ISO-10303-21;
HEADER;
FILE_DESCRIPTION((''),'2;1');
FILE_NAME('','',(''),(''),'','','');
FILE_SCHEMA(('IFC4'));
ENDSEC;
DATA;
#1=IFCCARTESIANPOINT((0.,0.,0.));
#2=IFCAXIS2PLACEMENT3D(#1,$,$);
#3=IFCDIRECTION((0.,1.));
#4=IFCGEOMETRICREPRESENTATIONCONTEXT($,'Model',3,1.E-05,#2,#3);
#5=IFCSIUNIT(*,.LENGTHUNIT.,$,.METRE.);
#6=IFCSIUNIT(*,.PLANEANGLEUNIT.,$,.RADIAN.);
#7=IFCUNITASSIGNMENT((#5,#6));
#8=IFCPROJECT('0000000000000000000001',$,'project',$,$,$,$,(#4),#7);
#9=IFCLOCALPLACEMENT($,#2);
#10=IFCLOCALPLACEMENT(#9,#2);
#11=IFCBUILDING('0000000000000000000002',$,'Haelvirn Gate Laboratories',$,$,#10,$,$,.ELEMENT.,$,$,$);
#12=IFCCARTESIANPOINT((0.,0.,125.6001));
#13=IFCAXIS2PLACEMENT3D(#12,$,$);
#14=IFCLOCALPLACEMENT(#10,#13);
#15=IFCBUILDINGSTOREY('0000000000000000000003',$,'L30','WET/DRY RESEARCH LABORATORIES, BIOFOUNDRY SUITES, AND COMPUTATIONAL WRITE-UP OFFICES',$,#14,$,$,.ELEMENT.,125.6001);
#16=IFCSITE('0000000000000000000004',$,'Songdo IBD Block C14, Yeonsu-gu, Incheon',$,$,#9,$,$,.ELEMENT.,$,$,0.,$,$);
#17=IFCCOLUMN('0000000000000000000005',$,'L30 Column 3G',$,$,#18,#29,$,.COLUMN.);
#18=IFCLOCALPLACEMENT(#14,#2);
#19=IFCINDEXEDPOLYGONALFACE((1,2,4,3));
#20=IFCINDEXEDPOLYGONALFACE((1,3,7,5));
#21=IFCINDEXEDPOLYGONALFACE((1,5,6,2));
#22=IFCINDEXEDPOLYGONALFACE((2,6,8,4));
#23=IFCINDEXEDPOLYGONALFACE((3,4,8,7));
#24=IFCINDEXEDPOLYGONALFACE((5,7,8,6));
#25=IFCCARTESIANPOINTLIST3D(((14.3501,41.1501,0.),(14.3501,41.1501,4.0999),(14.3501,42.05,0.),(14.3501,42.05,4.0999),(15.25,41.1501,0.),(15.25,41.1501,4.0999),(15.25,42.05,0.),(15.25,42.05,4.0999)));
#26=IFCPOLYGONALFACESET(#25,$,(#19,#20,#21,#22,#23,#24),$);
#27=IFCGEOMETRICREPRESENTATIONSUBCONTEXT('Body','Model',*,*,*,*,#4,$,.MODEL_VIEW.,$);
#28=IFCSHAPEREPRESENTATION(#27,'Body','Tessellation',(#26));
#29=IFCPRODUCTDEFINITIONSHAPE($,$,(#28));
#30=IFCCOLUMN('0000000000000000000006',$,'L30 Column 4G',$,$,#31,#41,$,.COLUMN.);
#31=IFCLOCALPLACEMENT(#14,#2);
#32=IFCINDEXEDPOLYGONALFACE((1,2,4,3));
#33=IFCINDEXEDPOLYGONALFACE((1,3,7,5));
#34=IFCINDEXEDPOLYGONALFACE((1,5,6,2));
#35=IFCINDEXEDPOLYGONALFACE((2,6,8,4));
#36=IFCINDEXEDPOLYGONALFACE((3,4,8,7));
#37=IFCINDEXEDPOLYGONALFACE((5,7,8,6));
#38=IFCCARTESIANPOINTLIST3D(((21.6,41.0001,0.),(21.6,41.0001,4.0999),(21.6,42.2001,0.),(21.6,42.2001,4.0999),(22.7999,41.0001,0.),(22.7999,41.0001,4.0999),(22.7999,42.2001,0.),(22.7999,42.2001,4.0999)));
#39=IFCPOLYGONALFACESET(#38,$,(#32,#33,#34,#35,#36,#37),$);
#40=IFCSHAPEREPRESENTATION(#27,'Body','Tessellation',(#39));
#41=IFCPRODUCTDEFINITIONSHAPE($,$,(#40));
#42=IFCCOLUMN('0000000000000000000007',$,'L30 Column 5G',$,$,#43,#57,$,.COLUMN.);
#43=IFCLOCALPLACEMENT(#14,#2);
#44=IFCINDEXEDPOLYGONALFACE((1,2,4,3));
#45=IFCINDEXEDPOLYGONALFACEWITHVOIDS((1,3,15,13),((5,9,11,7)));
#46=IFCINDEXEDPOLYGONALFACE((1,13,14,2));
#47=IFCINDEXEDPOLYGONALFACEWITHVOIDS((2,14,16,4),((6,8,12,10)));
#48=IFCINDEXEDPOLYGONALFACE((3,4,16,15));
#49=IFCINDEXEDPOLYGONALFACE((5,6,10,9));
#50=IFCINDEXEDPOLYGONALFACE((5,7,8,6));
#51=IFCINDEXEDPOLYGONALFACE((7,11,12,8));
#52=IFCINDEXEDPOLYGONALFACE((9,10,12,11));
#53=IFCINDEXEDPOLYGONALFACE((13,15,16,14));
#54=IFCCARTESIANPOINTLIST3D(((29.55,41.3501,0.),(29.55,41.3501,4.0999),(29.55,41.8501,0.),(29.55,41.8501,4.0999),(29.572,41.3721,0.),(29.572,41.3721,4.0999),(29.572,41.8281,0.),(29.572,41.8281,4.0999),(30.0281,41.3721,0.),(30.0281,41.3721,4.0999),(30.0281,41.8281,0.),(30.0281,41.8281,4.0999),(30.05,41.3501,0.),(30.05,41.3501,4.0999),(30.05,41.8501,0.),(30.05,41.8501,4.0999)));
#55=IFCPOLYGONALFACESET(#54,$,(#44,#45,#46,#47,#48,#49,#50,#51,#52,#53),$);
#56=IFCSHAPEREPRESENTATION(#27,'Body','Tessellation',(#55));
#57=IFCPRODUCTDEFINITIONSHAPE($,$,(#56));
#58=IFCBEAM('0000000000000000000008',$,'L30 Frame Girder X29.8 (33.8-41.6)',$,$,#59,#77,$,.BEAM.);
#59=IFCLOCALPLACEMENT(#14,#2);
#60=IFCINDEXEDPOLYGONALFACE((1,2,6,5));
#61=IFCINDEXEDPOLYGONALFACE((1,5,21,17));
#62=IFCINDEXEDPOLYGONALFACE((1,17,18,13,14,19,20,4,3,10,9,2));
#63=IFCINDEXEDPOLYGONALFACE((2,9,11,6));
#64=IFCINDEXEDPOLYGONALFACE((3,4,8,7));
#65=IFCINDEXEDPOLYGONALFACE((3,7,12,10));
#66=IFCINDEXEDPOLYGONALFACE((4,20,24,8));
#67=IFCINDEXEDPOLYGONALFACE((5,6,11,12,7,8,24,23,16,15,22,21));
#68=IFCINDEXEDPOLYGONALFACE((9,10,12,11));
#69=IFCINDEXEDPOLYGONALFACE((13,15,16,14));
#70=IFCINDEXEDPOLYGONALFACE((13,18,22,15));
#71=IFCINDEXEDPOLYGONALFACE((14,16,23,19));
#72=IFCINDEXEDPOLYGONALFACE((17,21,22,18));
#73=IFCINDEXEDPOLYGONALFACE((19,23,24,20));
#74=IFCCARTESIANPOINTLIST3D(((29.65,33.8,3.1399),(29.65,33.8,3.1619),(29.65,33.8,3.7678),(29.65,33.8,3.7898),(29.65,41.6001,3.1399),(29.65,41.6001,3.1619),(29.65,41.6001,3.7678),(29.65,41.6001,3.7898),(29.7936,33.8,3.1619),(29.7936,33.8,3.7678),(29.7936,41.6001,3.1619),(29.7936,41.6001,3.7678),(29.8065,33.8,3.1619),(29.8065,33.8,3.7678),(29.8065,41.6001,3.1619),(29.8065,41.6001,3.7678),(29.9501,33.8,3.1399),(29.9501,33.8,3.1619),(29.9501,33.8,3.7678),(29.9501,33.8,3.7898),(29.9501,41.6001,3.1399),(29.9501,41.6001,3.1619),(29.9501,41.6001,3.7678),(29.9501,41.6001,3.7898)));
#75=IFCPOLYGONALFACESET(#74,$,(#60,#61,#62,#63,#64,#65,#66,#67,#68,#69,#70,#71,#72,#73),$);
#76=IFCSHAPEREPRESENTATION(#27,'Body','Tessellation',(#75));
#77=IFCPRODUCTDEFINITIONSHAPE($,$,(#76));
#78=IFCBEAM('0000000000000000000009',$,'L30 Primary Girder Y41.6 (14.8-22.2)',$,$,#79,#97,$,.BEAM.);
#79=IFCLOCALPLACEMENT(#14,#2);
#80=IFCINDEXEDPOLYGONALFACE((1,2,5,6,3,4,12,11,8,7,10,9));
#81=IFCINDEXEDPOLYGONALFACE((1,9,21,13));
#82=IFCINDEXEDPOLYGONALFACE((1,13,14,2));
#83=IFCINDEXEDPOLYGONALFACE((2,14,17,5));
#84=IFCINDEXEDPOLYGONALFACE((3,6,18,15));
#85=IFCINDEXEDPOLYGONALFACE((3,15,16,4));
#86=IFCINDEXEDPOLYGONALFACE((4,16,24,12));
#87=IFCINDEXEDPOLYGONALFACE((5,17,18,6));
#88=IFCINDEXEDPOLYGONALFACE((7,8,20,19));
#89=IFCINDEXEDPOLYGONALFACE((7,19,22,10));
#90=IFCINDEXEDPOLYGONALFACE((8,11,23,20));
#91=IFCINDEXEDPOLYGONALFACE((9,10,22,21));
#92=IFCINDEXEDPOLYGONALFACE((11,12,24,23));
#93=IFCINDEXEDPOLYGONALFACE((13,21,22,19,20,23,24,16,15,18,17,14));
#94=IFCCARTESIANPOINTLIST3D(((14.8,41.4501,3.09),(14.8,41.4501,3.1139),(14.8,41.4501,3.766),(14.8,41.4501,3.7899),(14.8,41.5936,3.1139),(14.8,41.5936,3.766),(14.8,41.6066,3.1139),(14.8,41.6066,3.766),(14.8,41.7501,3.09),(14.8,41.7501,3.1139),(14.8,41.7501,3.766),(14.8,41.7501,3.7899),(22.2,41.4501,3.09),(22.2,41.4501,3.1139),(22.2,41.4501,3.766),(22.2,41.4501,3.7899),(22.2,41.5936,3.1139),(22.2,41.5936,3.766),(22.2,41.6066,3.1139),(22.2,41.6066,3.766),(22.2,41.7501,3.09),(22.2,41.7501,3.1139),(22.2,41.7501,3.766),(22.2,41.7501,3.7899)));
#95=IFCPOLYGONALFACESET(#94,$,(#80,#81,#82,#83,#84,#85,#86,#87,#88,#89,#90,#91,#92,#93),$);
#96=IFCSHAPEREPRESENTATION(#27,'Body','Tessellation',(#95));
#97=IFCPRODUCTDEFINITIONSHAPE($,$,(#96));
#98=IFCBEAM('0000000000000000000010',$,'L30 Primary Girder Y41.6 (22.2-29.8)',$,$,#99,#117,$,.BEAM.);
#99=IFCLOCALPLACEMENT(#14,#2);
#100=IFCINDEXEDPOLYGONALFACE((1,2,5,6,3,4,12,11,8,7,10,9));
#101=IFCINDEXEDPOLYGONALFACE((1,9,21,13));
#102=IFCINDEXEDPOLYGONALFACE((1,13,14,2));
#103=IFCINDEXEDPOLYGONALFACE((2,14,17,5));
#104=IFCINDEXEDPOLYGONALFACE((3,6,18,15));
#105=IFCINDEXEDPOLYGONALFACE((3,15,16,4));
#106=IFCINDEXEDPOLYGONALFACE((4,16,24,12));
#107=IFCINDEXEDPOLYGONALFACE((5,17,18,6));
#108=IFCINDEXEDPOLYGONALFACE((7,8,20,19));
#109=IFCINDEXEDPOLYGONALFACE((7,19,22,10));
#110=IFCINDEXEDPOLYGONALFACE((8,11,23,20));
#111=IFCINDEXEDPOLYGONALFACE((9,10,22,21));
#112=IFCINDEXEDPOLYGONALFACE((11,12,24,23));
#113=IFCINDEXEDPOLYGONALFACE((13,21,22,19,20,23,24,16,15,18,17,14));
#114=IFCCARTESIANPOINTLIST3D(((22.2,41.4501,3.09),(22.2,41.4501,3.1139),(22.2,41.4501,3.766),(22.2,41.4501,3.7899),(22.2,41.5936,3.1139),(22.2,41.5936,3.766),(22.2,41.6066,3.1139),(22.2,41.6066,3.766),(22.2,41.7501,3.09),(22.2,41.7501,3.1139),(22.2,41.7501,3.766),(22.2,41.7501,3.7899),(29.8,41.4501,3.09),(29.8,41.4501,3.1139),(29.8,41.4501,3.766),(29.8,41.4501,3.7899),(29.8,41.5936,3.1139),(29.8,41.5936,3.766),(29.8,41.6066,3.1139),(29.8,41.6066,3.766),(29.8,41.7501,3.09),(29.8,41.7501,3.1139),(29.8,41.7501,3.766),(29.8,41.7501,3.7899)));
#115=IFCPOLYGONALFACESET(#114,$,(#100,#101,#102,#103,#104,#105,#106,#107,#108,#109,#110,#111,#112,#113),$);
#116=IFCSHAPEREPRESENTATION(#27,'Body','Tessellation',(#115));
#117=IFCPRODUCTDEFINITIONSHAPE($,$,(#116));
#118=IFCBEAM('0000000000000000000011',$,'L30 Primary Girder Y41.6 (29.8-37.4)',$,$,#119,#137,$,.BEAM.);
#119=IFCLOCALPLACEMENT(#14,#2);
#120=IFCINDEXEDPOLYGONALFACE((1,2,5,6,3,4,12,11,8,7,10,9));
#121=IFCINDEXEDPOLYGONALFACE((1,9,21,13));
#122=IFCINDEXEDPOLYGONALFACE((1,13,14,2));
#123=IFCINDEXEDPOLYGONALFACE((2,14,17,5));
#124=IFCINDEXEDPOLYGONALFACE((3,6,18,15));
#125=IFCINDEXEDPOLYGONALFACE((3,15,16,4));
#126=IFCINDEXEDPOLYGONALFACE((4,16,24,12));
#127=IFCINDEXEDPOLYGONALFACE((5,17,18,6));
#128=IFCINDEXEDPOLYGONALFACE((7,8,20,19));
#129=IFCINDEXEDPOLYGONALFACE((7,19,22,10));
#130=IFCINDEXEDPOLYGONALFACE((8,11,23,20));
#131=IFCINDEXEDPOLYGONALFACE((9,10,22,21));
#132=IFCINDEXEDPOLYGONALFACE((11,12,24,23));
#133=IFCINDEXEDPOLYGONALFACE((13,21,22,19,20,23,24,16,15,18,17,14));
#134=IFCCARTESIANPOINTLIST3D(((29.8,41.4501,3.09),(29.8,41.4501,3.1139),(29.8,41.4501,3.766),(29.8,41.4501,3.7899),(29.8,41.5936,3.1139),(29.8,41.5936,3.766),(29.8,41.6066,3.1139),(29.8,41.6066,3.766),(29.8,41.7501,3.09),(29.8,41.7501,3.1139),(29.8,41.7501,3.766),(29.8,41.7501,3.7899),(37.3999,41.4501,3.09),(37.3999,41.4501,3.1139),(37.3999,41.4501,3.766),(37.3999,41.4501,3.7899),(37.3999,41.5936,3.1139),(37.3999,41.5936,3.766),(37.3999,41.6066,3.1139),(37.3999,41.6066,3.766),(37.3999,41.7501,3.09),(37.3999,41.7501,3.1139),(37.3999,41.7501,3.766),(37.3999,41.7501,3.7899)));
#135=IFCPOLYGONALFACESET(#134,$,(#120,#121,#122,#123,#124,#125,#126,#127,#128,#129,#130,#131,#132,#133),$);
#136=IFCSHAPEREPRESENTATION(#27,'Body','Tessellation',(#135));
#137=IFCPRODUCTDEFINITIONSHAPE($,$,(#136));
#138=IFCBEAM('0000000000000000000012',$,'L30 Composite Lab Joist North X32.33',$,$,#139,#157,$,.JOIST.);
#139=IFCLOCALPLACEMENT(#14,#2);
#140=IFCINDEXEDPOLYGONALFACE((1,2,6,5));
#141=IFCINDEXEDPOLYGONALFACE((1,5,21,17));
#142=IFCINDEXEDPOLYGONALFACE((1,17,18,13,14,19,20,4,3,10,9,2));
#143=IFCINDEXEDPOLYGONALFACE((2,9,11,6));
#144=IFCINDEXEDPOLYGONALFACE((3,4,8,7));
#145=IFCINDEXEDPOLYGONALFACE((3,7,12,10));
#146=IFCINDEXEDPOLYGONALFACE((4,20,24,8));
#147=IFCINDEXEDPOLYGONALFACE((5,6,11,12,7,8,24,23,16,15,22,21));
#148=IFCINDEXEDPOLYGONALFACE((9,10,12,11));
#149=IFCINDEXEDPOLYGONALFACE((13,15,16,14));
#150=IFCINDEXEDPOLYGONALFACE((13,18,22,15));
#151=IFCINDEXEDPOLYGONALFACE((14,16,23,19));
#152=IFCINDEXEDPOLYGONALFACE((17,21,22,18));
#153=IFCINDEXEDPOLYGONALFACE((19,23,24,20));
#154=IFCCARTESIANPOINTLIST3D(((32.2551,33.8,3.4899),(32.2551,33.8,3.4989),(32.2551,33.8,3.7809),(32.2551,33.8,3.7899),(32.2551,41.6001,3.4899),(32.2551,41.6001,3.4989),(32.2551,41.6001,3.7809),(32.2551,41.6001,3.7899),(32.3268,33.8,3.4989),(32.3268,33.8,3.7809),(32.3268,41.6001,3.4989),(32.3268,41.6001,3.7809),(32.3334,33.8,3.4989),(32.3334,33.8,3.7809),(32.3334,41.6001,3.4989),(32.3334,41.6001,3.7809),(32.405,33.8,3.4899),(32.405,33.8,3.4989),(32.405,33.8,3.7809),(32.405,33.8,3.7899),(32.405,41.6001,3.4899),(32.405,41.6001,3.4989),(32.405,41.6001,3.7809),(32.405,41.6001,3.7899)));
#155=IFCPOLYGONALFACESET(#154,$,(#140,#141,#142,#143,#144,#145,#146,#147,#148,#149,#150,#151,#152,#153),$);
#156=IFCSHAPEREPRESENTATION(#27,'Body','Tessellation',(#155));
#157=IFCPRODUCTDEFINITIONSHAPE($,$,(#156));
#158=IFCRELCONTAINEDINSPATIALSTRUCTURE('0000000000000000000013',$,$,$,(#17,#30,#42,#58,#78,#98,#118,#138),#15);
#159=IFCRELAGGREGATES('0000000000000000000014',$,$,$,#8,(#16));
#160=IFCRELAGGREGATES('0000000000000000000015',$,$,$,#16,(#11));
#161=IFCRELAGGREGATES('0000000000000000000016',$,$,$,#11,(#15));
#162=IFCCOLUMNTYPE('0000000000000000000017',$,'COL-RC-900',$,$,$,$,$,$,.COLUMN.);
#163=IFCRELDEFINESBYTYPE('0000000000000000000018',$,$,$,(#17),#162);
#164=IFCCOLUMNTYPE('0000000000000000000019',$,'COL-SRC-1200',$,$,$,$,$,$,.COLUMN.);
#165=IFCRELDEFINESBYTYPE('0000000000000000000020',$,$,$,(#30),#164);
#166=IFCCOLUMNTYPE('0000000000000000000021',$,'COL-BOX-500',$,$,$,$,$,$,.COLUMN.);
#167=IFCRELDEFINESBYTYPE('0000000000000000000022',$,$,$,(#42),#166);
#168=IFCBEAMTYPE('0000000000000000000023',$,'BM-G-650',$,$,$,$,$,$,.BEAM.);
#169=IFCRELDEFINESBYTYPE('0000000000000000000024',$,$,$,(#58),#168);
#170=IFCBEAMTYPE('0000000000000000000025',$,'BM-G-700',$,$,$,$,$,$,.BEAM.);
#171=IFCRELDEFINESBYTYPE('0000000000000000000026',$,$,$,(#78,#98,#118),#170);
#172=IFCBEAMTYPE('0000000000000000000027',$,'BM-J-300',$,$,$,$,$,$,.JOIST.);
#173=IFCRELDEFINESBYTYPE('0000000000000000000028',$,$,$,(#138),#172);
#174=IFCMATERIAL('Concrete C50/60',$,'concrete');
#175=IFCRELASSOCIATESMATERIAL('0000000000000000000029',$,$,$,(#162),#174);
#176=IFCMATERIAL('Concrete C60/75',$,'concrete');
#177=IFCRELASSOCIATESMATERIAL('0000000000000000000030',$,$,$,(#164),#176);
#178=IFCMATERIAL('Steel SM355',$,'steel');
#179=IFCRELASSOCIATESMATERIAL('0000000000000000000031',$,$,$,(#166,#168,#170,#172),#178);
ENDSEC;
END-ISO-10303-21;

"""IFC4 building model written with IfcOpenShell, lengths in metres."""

from ifc_helpers import new_model, si_unit, direction, frame, origin, origin_2d, place, context, subcontext, project, spatial, rectangle, hollow_rectangle, i_section, extrude, source, transform, mapped, material, material_profile, profile_set, type_object, type_shapes, element, save


model = new_model("IFC4")

# Units and contexts
model_context = context("Model", 3, precision=1e-05, world=origin(), true_north=direction((0.0, 1.0)))
body_context = subcontext(model_context, "Body", "Model", "MODEL_VIEW")
ifc_project = project(units=[si_unit("LENGTHUNIT", "METRE"), si_unit("PLANEANGLEUNIT", "RADIAN")], contexts=[model_context])

# Site, building, storey
site_placement = place(None, origin())
site = spatial("IfcSite", under=ifc_project, at=site_placement, Name="Songdo IBD Block C14, Yeonsu-gu, Incheon", CompositionType="ELEMENT", RefElevation=0.0)
building_placement = place(site_placement, origin())
building = spatial("IfcBuilding", under=site, at=building_placement, Name="Haelvirn Gate Laboratories", CompositionType="ELEMENT")
storey_placement = place(building_placement, frame((0.0, 0.0, 125.6001)))
storey = spatial("IfcBuildingStorey", under=building, at=storey_placement, Name="L30", Description="WET/DRY RESEARCH LABORATORIES, BIOFOUNDRY SUITES, AND COMPUTATIONAL WRITE-UP OFFICES", CompositionType="ELEMENT", Elevation=125.6001)

# Columns
ifc_material_1 = material(Name="Concrete C50/60", Category="concrete")
ifc_material_profile_1 = material_profile(ifc_material_1, rectangle(XDim=0.8999, YDim=0.8999, at=origin_2d()), Name="RC-900x900")
ifc_profile_set_1 = profile_set([ifc_material_profile_1], Name="Concrete C50/60")
column_type_1 = type_object("IfcColumnType", Name="COL-RC-900", PredefinedType="COLUMN", material=ifc_profile_set_1)
shared_shape_1 = source(origin(), body_context, "Body", "SweptSolid", [
    extrude(rectangle(XDim=0.8999, YDim=0.8999, at=origin_2d()), origin(), (0.0, 0.0, 1.0), 4.0999),
])
type_shapes(column_type_1, [shared_shape_1])
column_1_placement = place(storey_placement, frame((14.8, 41.6001, 0.0), z_axis=(0.0, 0.0, 1.0), x_axis=(1.0, 0.0, 0.0)))
element("IfcColumn", 1, at=column_1_placement, inside=storey, type_object=column_type_1, Name="L30 Column 3G", PredefinedType="COLUMN", context=body_context, shape_type="MappedRepresentation", body=[
    mapped(shared_shape_1, transform((0.0, 0.0, 0.0), scale=1.0)),
])
ifc_material_2 = material(Name="Concrete C60/75", Category="concrete")
ifc_material_profile_2 = material_profile(ifc_material_2, rectangle(XDim=1.2, YDim=1.2, at=origin_2d()), Name="SRC-1200x1200")
ifc_profile_set_2 = profile_set([ifc_material_profile_2], Name="Concrete C60/75")
column_type_2 = type_object("IfcColumnType", Name="COL-SRC-1200", PredefinedType="COLUMN", material=ifc_profile_set_2)
shared_shape_2 = source(origin(), body_context, "Body", "SweptSolid", [
    extrude(rectangle(XDim=1.2, YDim=1.2, at=origin_2d()), origin(), (0.0, 0.0, 1.0), 4.0999),
])
type_shapes(column_type_2, [shared_shape_2])
column_2_placement = place(storey_placement, frame((22.2, 41.6001, 0.0), z_axis=(0.0, 0.0, 1.0), x_axis=(1.0, 0.0, 0.0)))
element("IfcColumn", 2, at=column_2_placement, inside=storey, type_object=column_type_2, Name="L30 Column 4G", PredefinedType="COLUMN", context=body_context, shape_type="MappedRepresentation", body=[
    mapped(shared_shape_2, transform((0.0, 0.0, 0.0), scale=1.0)),
])
ifc_material_3 = material(Name="Steel SM355", Category="steel")
ifc_material_profile_3 = material_profile(ifc_material_3, hollow_rectangle(XDim=0.5, YDim=0.5, WallThickness=0.022, at=origin_2d()), Name="BOX-500x500x22")
ifc_profile_set_3 = profile_set([ifc_material_profile_3], Name="Steel SM355")
column_type_3 = type_object("IfcColumnType", Name="COL-BOX-500", PredefinedType="COLUMN", material=ifc_profile_set_3)
shared_shape_3 = source(origin(), body_context, "Body", "SweptSolid", [
    extrude(hollow_rectangle(XDim=0.5, YDim=0.5, WallThickness=0.022, at=origin_2d()), origin(), (0.0, 0.0, 1.0), 4.0999),
])
type_shapes(column_type_3, [shared_shape_3])
column_3_placement = place(storey_placement, frame((29.8, 41.6001, 0.0), z_axis=(0.0, 0.0, 1.0), x_axis=(1.0, 0.0, 0.0)))
element("IfcColumn", 3, at=column_3_placement, inside=storey, type_object=column_type_3, Name="L30 Column 5G", PredefinedType="COLUMN", context=body_context, shape_type="MappedRepresentation", body=[
    mapped(shared_shape_3, transform((0.0, 0.0, 0.0), scale=1.0)),
])

# Beams
ifc_material_profile_4 = material_profile(ifc_material_3, i_section(OverallWidth=0.3, OverallDepth=0.6499, WebThickness=0.0129, FlangeThickness=0.022, at=origin_2d()), Name="H-650x300x13x22")
ifc_profile_set_4 = profile_set([ifc_material_profile_4], Name="Steel SM355")
beam_type_1 = type_object("IfcBeamType", Name="BM-G-650", PredefinedType="BEAM", material=ifc_profile_set_4)
shared_shape_4 = source(origin(), body_context, "Body", "SweptSolid", [
    extrude(i_section(OverallWidth=0.3, OverallDepth=0.6499, WebThickness=0.0129, FlangeThickness=0.022, at=origin_2d()), origin(), (0.0, 0.0, 1.0), 7.8),
])
type_shapes(beam_type_1, [shared_shape_4])
beam_1_placement = place(storey_placement, frame((29.8, 33.8, 3.4648), z_axis=(0.0, 1.0, 0.0), x_axis=(-1.0, 0.0, 0.0)))
element("IfcBeam", 4, at=beam_1_placement, inside=storey, type_object=beam_type_1, Name="L30 Frame Girder X29.8 (33.8-41.6)", PredefinedType="BEAM", context=body_context, shape_type="MappedRepresentation", body=[
    mapped(shared_shape_4, transform((0.0, 0.0, 0.0), scale=1.0)),
])
ifc_material_profile_5 = material_profile(ifc_material_3, i_section(OverallWidth=0.3, OverallDepth=0.7, WebThickness=0.0129, FlangeThickness=0.0239, at=origin_2d()), Name="H-700x300x13x24")
ifc_profile_set_5 = profile_set([ifc_material_profile_5], Name="Steel SM355")
beam_type_2 = type_object("IfcBeamType", Name="BM-G-700", PredefinedType="BEAM", material=ifc_profile_set_5)
shared_shape_5 = source(origin(), body_context, "Body", "SweptSolid", [
    extrude(i_section(OverallWidth=0.3, OverallDepth=0.7, WebThickness=0.0129, FlangeThickness=0.0239, at=origin_2d()), origin(), (0.0, 0.0, 1.0), 7.3999),
])
beam_2_placement = place(storey_placement, frame((14.8, 41.6001, 3.4399), z_axis=(1.0, 0.0, 0.0), x_axis=(0.0, 1.0, 0.0)))
element("IfcBeam", 5, at=beam_2_placement, inside=storey, type_object=beam_type_2, Name="L30 Primary Girder Y41.6 (14.8-22.2)", PredefinedType="BEAM", context=body_context, shape_type="MappedRepresentation", body=[
    mapped(shared_shape_5, transform((0.0, 0.0, 0.0), scale=1.0)),
])
shared_shape_6 = source(origin(), body_context, "Body", "SweptSolid", [
    extrude(i_section(OverallWidth=0.3, OverallDepth=0.7, WebThickness=0.0129, FlangeThickness=0.0239, at=origin_2d()), origin(), (0.0, 0.0, 1.0), 7.6001),
])
beam_3_placement = place(storey_placement, frame((22.2, 41.6001, 3.4399), z_axis=(1.0, 0.0, 0.0), x_axis=(0.0, 1.0, 0.0)))
element("IfcBeam", 6, at=beam_3_placement, inside=storey, type_object=beam_type_2, Name="L30 Primary Girder Y41.6 (22.2-29.8)", PredefinedType="BEAM", context=body_context, shape_type="MappedRepresentation", body=[
    mapped(shared_shape_6, transform((0.0, 0.0, 0.0), scale=1.0)),
])
shared_shape_7 = source(origin(), body_context, "Body", "SweptSolid", [
    extrude(i_section(OverallWidth=0.3, OverallDepth=0.7, WebThickness=0.0129, FlangeThickness=0.0239, at=origin_2d()), origin(), (0.0, 0.0, 1.0), 7.5999),
])
type_shapes(beam_type_2, [shared_shape_5, shared_shape_6, shared_shape_7])
beam_4_placement = place(storey_placement, frame((29.8, 41.6001, 3.4399), z_axis=(1.0, 0.0, 0.0), x_axis=(0.0, 1.0, 0.0)))
element("IfcBeam", 7, at=beam_4_placement, inside=storey, type_object=beam_type_2, Name="L30 Primary Girder Y41.6 (29.8-37.4)", PredefinedType="BEAM", context=body_context, shape_type="MappedRepresentation", body=[
    mapped(shared_shape_7, transform((0.0, 0.0, 0.0), scale=1.0)),
])
ifc_material_profile_6 = material_profile(ifc_material_3, i_section(OverallWidth=0.1499, OverallDepth=0.3, WebThickness=0.0066, FlangeThickness=0.009, at=origin_2d()), Name="H-300x150x6.5x9")
ifc_profile_set_6 = profile_set([ifc_material_profile_6], Name="Steel SM355")
beam_type_3 = type_object("IfcBeamType", Name="BM-J-300", PredefinedType="JOIST", material=ifc_profile_set_6)
shared_shape_8 = source(origin(), body_context, "Body", "SweptSolid", [
    extrude(i_section(OverallWidth=0.1499, OverallDepth=0.3, WebThickness=0.0066, FlangeThickness=0.009, at=origin_2d()), origin(), (0.0, 0.0, 1.0), 7.8),
])
type_shapes(beam_type_3, [shared_shape_8])
for number, where, z_axis, x_axis, name in (
    (8, (32.3301, 33.8, 3.6399), (0.0, 1.0, 0.0), (-1.0, 0.0, 0.0), "L30 Composite Lab Joist North X32.33"),
):
    element("IfcBeam", number, at=place(storey_placement, frame(where, z_axis=z_axis, x_axis=x_axis)), inside=storey, type_object=beam_type_3, Name=name, PredefinedType="JOIST", context=body_context, shape_type="MappedRepresentation", body=[
        mapped(shared_shape_8, transform((0.0, 0.0, 0.0), scale=1.0)),
    ])

save(model, "model.ifc")
